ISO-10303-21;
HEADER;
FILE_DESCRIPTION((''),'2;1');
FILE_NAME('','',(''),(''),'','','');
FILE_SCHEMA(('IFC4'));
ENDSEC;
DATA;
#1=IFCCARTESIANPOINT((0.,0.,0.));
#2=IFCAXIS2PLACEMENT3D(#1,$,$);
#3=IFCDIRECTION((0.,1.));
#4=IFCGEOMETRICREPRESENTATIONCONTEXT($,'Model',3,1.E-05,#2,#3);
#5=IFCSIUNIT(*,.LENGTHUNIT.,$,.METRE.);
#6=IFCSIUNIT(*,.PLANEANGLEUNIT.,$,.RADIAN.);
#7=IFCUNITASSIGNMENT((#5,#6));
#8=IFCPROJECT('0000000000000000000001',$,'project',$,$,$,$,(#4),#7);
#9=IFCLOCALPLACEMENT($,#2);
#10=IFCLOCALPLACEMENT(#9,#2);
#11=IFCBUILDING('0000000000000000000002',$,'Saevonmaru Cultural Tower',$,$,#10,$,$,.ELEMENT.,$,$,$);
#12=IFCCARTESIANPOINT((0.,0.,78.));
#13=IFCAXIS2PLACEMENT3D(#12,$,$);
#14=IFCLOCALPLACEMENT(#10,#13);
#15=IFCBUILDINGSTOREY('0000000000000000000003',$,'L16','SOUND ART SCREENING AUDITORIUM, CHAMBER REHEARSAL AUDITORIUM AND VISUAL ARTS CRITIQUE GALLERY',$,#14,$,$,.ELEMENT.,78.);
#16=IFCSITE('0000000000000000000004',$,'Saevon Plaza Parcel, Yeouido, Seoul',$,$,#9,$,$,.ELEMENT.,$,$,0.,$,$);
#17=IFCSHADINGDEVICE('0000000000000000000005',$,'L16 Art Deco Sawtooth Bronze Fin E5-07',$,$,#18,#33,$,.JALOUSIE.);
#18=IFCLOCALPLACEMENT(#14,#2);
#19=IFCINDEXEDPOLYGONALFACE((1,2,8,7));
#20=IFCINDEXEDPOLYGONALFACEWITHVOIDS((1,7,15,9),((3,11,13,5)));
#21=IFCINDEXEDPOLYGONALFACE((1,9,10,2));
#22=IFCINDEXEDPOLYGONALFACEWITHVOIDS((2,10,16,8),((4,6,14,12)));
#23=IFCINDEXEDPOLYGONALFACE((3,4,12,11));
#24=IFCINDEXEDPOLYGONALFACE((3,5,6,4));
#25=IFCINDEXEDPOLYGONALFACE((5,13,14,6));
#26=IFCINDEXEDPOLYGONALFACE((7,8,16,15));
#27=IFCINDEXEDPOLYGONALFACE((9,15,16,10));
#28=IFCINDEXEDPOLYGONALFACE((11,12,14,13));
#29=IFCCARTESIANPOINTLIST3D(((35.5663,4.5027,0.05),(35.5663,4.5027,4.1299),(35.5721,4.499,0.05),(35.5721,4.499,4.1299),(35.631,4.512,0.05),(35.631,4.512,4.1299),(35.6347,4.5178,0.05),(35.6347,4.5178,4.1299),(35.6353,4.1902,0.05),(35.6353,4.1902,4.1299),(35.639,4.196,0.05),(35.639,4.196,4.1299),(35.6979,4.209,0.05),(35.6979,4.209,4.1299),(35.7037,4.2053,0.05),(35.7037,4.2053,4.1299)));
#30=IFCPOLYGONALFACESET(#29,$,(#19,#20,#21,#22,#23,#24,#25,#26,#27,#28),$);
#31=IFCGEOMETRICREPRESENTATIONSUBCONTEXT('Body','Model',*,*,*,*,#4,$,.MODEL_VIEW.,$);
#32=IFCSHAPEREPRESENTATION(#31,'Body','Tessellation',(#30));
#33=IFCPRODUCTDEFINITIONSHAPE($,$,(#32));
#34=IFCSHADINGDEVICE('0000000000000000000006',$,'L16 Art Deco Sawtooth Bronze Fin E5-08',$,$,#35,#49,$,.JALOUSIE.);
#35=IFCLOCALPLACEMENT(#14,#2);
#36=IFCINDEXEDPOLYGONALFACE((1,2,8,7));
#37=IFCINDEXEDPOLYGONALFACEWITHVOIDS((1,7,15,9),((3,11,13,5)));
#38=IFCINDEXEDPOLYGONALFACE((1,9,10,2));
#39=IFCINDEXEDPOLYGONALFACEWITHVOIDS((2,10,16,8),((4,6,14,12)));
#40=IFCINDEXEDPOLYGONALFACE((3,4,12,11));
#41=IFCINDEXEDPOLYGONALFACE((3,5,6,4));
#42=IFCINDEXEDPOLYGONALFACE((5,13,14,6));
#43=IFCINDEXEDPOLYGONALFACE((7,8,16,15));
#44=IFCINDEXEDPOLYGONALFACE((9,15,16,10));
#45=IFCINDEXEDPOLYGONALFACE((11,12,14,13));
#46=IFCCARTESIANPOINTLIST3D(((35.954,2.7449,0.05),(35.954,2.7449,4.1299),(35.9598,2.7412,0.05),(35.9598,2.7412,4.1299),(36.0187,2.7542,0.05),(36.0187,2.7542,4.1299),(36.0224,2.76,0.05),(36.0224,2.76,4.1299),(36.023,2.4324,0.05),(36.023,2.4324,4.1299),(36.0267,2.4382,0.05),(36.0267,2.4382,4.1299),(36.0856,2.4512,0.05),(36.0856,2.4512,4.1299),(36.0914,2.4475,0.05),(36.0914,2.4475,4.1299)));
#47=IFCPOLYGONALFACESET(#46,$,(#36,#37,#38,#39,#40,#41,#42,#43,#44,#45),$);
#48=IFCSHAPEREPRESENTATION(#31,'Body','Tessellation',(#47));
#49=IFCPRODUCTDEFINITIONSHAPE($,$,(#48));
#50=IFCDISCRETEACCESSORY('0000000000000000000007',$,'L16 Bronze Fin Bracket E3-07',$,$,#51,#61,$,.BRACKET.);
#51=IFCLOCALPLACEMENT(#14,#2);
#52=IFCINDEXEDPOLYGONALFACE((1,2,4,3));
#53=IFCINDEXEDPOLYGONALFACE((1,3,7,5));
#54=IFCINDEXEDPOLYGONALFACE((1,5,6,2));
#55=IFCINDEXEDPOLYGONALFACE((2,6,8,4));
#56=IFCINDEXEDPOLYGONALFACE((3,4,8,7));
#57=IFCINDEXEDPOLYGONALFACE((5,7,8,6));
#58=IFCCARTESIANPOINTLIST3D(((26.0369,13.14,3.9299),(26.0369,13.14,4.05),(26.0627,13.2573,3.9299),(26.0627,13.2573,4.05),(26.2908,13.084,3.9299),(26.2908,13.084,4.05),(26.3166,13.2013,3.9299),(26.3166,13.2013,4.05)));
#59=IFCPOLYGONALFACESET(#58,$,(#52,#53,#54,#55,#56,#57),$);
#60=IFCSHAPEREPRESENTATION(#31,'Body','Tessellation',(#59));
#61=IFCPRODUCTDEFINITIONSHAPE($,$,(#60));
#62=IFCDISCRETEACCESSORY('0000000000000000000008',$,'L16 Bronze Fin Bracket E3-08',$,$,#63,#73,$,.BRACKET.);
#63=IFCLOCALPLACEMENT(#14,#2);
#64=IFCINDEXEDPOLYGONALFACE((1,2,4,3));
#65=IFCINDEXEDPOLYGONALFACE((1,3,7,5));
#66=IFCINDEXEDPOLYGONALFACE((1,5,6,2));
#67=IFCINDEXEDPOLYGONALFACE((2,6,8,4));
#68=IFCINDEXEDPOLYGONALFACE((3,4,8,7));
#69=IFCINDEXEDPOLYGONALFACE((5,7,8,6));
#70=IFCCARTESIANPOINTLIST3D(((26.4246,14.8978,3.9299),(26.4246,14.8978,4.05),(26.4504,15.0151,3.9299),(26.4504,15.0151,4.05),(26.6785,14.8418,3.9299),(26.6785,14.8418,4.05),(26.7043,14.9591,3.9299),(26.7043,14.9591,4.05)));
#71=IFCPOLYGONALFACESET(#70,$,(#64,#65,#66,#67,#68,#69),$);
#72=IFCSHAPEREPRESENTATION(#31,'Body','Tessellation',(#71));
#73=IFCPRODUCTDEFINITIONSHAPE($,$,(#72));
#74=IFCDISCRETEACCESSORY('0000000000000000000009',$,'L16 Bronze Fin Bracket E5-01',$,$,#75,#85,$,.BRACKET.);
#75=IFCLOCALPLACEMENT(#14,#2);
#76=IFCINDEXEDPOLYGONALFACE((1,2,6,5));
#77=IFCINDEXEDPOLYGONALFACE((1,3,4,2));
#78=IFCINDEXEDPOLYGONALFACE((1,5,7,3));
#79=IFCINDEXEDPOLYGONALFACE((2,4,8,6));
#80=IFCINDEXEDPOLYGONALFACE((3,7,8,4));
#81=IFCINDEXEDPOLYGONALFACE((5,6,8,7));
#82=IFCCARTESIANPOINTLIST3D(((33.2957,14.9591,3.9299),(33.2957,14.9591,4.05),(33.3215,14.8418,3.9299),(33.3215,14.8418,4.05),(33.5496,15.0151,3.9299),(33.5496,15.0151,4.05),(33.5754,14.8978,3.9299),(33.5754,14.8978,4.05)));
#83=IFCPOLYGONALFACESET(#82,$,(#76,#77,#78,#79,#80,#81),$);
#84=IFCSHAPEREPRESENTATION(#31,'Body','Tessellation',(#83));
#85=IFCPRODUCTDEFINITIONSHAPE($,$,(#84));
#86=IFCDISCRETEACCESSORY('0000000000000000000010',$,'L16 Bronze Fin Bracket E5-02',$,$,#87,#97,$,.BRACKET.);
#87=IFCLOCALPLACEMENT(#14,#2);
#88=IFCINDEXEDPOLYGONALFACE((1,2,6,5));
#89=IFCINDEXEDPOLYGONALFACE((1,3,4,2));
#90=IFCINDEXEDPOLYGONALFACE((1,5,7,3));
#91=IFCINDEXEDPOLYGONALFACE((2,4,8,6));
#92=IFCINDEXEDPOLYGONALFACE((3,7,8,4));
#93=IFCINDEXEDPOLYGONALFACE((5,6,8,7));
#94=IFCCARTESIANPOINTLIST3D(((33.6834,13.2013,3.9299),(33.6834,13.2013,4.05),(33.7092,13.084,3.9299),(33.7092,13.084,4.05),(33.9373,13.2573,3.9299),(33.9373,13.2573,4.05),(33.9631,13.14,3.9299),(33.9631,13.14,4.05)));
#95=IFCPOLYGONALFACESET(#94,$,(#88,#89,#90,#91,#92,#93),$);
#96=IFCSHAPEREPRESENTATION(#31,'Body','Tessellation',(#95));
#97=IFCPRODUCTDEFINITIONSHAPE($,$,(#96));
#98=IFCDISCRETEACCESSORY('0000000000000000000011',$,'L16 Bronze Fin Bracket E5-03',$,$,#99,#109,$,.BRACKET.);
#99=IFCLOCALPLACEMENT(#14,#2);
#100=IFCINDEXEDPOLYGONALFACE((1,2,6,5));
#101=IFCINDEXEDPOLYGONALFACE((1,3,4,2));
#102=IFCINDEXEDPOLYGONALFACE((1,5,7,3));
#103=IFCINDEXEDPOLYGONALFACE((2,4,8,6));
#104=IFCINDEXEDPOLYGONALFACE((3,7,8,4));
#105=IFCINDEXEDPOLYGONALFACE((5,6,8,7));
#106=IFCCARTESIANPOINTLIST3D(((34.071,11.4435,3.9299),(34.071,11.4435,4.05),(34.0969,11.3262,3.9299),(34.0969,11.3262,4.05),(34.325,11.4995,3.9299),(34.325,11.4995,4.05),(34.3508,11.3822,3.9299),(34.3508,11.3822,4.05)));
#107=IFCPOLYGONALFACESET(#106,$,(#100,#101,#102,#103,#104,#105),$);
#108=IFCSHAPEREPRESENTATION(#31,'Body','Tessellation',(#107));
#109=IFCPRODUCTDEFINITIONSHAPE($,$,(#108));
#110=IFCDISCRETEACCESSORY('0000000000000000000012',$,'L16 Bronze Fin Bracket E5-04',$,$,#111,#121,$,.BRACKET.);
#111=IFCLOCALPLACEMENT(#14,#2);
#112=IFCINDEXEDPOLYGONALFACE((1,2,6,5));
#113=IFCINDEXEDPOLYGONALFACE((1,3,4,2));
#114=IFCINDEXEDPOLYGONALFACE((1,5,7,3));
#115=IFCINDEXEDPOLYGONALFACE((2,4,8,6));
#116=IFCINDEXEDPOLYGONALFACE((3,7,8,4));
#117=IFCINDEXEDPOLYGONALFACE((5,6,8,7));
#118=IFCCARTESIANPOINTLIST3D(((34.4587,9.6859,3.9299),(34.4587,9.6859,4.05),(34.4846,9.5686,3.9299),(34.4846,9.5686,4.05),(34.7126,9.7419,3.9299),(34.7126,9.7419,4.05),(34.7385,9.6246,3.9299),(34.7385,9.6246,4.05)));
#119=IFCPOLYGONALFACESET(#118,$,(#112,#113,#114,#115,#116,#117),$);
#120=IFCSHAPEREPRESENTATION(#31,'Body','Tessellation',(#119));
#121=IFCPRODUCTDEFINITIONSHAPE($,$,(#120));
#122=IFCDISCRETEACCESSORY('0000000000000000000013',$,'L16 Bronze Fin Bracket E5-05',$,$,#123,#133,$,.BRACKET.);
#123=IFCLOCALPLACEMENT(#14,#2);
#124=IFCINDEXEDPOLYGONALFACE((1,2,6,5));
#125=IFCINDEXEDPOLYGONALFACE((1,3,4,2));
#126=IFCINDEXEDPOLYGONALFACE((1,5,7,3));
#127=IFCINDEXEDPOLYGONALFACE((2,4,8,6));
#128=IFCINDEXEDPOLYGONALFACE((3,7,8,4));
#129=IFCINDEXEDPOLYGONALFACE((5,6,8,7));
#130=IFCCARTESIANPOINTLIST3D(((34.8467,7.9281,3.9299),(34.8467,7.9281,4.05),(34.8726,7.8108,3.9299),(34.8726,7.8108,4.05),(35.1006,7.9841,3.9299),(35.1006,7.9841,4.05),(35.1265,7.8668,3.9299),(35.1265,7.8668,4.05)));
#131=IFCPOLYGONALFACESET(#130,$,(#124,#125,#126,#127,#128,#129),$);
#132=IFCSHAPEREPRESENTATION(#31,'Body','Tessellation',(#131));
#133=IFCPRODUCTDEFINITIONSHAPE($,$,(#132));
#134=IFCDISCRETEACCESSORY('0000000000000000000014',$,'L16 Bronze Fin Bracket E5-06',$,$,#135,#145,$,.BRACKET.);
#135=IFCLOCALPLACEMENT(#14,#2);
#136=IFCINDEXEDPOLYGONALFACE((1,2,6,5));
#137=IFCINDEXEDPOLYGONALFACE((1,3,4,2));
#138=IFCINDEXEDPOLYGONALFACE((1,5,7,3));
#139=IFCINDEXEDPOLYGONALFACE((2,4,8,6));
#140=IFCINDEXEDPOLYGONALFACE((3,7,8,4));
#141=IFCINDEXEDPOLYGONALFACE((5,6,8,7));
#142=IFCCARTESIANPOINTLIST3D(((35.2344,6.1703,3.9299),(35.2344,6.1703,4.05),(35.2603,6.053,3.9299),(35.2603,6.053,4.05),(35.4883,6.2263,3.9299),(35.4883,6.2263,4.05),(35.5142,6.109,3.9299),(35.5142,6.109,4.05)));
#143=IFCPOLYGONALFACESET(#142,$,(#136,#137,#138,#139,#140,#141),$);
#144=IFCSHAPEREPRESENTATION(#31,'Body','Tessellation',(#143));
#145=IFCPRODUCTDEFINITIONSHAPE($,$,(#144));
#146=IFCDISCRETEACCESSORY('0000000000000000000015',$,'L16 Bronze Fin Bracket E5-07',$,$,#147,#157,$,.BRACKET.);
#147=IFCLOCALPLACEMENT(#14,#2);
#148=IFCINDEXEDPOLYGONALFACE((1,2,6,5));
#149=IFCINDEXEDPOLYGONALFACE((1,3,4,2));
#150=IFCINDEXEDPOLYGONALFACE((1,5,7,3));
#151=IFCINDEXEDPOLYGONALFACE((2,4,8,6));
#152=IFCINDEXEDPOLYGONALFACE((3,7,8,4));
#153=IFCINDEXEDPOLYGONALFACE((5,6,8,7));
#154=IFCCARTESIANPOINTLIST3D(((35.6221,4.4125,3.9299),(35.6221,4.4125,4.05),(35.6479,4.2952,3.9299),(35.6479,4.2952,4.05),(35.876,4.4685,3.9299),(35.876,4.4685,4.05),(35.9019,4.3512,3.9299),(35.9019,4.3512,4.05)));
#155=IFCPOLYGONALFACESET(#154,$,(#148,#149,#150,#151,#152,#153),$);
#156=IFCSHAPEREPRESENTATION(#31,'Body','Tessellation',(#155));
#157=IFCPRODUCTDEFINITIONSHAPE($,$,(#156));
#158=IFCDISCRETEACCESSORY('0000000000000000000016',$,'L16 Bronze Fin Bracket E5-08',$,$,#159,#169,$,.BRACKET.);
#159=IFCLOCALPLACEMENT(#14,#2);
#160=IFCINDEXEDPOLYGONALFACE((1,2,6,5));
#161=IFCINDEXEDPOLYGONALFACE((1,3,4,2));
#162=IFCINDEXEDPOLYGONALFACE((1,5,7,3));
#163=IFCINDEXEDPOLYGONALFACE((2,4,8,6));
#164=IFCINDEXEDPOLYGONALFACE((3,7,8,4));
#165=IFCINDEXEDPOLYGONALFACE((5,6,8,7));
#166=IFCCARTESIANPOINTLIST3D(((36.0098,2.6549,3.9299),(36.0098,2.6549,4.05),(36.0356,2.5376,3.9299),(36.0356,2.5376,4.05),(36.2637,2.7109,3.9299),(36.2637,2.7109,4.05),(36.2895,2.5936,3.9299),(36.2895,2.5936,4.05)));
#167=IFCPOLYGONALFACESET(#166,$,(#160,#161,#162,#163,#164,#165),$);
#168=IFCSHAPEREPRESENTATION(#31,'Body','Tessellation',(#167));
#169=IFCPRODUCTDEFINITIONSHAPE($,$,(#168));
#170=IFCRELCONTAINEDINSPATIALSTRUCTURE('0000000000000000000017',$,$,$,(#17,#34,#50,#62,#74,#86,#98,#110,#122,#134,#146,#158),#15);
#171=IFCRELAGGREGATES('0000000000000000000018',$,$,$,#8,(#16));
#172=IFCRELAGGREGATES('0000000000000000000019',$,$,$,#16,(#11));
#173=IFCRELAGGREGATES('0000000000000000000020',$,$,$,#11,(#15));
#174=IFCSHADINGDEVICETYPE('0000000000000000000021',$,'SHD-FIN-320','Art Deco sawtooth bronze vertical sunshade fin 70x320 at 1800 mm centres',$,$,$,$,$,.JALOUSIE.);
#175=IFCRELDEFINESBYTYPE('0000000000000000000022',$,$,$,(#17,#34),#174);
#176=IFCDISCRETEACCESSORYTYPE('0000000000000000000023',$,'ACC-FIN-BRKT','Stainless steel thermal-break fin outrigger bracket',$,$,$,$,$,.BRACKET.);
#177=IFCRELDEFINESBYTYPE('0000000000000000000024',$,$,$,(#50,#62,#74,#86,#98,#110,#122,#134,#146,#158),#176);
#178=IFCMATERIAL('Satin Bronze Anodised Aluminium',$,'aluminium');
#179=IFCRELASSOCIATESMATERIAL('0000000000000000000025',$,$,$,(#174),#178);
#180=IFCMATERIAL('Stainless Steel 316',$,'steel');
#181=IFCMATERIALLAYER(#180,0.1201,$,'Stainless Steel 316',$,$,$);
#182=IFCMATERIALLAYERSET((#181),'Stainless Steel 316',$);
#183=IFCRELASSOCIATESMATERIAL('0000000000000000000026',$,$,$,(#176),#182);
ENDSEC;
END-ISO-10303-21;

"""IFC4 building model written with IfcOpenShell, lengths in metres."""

from ifc_helpers import new_model, si_unit, direction, frame, origin, origin_2d, place, context, subcontext, project, spatial, rectangle, hollow_rectangle, extrude, material, layer, layer_set, material_profile, profile_set, type_object, element, save


model = new_model("IFC4")

# Units and contexts
model_context = context("Model", 3, precision=1e-05, world=origin(), true_north=direction((0.0, 1.0)))
body_context = subcontext(model_context, "Body", "Model", "MODEL_VIEW")
ifc_project = project(units=[si_unit("LENGTHUNIT", "METRE"), si_unit("PLANEANGLEUNIT", "RADIAN")], contexts=[model_context])

# Site, building, storey
site_placement = place(None, origin())
site = spatial("IfcSite", under=ifc_project, at=site_placement, Name="Saevon Plaza Parcel, Yeouido, Seoul", CompositionType="ELEMENT", RefElevation=0.0)
building_placement = place(site_placement, origin())
building = spatial("IfcBuilding", under=site, at=building_placement, Name="Saevonmaru Cultural Tower", CompositionType="ELEMENT")
storey_placement = place(building_placement, frame((0.0, 0.0, 78.0)))
storey = spatial("IfcBuildingStorey", under=building, at=storey_placement, Name="L16", Description="SOUND ART SCREENING AUDITORIUM, CHAMBER REHEARSAL AUDITORIUM AND VISUAL ARTS CRITIQUE GALLERY", CompositionType="ELEMENT", Elevation=78.0)

# Shared definitions
ifc_material_1 = material(Name="Satin Bronze Anodised Aluminium", Category="aluminium")

# Shading devices
ifc_material_profile_1 = material_profile(ifc_material_1, hollow_rectangle(XDim=0.0701, YDim=0.3201, WallThickness=0.0049, at=origin_2d()), Name="FIN-320x70")
ifc_profile_set_1 = profile_set([ifc_material_profile_1], Name="Satin Bronze Anodised Aluminium")
shading_device_type = type_object("IfcShadingDeviceType", Name="SHD-FIN-320", Description="Art Deco sawtooth bronze vertical sunshade fin 70x320 at 1800 mm centres", PredefinedType="JALOUSIE", material=ifc_profile_set_1)
for number, where, z_axis, x_axis, name in (
    (1, (35.635, 4.354, 0.05), (0.0, 0.0, 1.0), (-0.976522, -0.215417, 0.0), "L16 Art Deco Sawtooth Bronze Fin E5-07"),
    (2, (36.0227, 2.5962, 0.05), (0.0, 0.0, 1.0), (-0.976522, -0.215417, 0.0), "L16 Art Deco Sawtooth Bronze Fin E5-08"),
):
    element("IfcShadingDevice", number, at=place(storey_placement, frame(where, z_axis=z_axis, x_axis=x_axis)), inside=storey, type_object=shading_device_type, Name=name, PredefinedType="JALOUSIE", context=body_context, shape_type="SweptSolid", body=[
        extrude(hollow_rectangle(XDim=0.0701, YDim=0.3201, WallThickness=0.0049, at=origin_2d()), origin(), (0.0, 0.0, 1.0), 4.0798),
    ])

# Discrete accessories
ifc_material_2 = material(Name="Stainless Steel 316", Category="steel")
ifc_layer_1 = layer(ifc_material_2, 0.1201, Name="Stainless Steel 316")
ifc_layer_set_1 = layer_set([ifc_layer_1], Name="Stainless Steel 316")
discrete_accessory_type = type_object("IfcDiscreteAccessoryType", Name="ACC-FIN-BRKT", Description="Stainless steel thermal-break fin outrigger bracket", PredefinedType="BRACKET", material=ifc_layer_set_1)
for number, where, z_axis, x_axis, name in (
    (3, (26.1768, 13.1707, 3.9299), (0.0, 0.0, 1.0), (0.976522, -0.215417, 0.0), "L16 Bronze Fin Bracket E3-07"),
    (4, (26.5645, 14.9285, 3.9299), (0.0, 0.0, 1.0), (0.976522, -0.215417, 0.0), "L16 Bronze Fin Bracket E3-08"),
    (5, (33.4355, 14.9285, 3.9299), (0.0, 0.0, 1.0), (-0.976522, -0.215417, 0.0), "L16 Bronze Fin Bracket E5-01"),
    (6, (33.8232, 13.1707, 3.9299), (0.0, 0.0, 1.0), (-0.976522, -0.215417, 0.0), "L16 Bronze Fin Bracket E5-02"),
    (7, (34.2109, 11.4128, 3.9299), (0.0, 0.0, 1.0), (-0.976522, -0.215417, 0.0), "L16 Bronze Fin Bracket E5-03"),
    (8, (34.5986, 9.6553, 3.9299), (0.0, 0.0, 1.0), (-0.976522, -0.215417, 0.0), "L16 Bronze Fin Bracket E5-04"),
    (9, (34.9866, 7.8975, 3.9299), (0.0, 0.0, 1.0), (-0.976522, -0.215417, 0.0), "L16 Bronze Fin Bracket E5-05"),
    (10, (35.3743, 6.1396, 3.9299), (0.0, 0.0, 1.0), (-0.976522, -0.215417, 0.0), "L16 Bronze Fin Bracket E5-06"),
    (11, (35.762, 4.3818, 3.9299), (0.0, 0.0, 1.0), (-0.976522, -0.215417, 0.0), "L16 Bronze Fin Bracket E5-07"),
    (12, (36.1497, 2.6243, 3.9299), (0.0, 0.0, 1.0), (-0.976522, -0.215417, 0.0), "L16 Bronze Fin Bracket E5-08"),
):
    element("IfcDiscreteAccessory", number, at=place(storey_placement, frame(where, z_axis=z_axis, x_axis=x_axis)), inside=storey, type_object=discrete_accessory_type, Name=name, PredefinedType="BRACKET", context=body_context, shape_type="SweptSolid", body=[
        extrude(rectangle(XDim=0.26, YDim=0.1201, at=origin_2d()), origin(), (0.0, 0.0, 1.0), 0.1201),
    ])

save(model, "model.ifc")
